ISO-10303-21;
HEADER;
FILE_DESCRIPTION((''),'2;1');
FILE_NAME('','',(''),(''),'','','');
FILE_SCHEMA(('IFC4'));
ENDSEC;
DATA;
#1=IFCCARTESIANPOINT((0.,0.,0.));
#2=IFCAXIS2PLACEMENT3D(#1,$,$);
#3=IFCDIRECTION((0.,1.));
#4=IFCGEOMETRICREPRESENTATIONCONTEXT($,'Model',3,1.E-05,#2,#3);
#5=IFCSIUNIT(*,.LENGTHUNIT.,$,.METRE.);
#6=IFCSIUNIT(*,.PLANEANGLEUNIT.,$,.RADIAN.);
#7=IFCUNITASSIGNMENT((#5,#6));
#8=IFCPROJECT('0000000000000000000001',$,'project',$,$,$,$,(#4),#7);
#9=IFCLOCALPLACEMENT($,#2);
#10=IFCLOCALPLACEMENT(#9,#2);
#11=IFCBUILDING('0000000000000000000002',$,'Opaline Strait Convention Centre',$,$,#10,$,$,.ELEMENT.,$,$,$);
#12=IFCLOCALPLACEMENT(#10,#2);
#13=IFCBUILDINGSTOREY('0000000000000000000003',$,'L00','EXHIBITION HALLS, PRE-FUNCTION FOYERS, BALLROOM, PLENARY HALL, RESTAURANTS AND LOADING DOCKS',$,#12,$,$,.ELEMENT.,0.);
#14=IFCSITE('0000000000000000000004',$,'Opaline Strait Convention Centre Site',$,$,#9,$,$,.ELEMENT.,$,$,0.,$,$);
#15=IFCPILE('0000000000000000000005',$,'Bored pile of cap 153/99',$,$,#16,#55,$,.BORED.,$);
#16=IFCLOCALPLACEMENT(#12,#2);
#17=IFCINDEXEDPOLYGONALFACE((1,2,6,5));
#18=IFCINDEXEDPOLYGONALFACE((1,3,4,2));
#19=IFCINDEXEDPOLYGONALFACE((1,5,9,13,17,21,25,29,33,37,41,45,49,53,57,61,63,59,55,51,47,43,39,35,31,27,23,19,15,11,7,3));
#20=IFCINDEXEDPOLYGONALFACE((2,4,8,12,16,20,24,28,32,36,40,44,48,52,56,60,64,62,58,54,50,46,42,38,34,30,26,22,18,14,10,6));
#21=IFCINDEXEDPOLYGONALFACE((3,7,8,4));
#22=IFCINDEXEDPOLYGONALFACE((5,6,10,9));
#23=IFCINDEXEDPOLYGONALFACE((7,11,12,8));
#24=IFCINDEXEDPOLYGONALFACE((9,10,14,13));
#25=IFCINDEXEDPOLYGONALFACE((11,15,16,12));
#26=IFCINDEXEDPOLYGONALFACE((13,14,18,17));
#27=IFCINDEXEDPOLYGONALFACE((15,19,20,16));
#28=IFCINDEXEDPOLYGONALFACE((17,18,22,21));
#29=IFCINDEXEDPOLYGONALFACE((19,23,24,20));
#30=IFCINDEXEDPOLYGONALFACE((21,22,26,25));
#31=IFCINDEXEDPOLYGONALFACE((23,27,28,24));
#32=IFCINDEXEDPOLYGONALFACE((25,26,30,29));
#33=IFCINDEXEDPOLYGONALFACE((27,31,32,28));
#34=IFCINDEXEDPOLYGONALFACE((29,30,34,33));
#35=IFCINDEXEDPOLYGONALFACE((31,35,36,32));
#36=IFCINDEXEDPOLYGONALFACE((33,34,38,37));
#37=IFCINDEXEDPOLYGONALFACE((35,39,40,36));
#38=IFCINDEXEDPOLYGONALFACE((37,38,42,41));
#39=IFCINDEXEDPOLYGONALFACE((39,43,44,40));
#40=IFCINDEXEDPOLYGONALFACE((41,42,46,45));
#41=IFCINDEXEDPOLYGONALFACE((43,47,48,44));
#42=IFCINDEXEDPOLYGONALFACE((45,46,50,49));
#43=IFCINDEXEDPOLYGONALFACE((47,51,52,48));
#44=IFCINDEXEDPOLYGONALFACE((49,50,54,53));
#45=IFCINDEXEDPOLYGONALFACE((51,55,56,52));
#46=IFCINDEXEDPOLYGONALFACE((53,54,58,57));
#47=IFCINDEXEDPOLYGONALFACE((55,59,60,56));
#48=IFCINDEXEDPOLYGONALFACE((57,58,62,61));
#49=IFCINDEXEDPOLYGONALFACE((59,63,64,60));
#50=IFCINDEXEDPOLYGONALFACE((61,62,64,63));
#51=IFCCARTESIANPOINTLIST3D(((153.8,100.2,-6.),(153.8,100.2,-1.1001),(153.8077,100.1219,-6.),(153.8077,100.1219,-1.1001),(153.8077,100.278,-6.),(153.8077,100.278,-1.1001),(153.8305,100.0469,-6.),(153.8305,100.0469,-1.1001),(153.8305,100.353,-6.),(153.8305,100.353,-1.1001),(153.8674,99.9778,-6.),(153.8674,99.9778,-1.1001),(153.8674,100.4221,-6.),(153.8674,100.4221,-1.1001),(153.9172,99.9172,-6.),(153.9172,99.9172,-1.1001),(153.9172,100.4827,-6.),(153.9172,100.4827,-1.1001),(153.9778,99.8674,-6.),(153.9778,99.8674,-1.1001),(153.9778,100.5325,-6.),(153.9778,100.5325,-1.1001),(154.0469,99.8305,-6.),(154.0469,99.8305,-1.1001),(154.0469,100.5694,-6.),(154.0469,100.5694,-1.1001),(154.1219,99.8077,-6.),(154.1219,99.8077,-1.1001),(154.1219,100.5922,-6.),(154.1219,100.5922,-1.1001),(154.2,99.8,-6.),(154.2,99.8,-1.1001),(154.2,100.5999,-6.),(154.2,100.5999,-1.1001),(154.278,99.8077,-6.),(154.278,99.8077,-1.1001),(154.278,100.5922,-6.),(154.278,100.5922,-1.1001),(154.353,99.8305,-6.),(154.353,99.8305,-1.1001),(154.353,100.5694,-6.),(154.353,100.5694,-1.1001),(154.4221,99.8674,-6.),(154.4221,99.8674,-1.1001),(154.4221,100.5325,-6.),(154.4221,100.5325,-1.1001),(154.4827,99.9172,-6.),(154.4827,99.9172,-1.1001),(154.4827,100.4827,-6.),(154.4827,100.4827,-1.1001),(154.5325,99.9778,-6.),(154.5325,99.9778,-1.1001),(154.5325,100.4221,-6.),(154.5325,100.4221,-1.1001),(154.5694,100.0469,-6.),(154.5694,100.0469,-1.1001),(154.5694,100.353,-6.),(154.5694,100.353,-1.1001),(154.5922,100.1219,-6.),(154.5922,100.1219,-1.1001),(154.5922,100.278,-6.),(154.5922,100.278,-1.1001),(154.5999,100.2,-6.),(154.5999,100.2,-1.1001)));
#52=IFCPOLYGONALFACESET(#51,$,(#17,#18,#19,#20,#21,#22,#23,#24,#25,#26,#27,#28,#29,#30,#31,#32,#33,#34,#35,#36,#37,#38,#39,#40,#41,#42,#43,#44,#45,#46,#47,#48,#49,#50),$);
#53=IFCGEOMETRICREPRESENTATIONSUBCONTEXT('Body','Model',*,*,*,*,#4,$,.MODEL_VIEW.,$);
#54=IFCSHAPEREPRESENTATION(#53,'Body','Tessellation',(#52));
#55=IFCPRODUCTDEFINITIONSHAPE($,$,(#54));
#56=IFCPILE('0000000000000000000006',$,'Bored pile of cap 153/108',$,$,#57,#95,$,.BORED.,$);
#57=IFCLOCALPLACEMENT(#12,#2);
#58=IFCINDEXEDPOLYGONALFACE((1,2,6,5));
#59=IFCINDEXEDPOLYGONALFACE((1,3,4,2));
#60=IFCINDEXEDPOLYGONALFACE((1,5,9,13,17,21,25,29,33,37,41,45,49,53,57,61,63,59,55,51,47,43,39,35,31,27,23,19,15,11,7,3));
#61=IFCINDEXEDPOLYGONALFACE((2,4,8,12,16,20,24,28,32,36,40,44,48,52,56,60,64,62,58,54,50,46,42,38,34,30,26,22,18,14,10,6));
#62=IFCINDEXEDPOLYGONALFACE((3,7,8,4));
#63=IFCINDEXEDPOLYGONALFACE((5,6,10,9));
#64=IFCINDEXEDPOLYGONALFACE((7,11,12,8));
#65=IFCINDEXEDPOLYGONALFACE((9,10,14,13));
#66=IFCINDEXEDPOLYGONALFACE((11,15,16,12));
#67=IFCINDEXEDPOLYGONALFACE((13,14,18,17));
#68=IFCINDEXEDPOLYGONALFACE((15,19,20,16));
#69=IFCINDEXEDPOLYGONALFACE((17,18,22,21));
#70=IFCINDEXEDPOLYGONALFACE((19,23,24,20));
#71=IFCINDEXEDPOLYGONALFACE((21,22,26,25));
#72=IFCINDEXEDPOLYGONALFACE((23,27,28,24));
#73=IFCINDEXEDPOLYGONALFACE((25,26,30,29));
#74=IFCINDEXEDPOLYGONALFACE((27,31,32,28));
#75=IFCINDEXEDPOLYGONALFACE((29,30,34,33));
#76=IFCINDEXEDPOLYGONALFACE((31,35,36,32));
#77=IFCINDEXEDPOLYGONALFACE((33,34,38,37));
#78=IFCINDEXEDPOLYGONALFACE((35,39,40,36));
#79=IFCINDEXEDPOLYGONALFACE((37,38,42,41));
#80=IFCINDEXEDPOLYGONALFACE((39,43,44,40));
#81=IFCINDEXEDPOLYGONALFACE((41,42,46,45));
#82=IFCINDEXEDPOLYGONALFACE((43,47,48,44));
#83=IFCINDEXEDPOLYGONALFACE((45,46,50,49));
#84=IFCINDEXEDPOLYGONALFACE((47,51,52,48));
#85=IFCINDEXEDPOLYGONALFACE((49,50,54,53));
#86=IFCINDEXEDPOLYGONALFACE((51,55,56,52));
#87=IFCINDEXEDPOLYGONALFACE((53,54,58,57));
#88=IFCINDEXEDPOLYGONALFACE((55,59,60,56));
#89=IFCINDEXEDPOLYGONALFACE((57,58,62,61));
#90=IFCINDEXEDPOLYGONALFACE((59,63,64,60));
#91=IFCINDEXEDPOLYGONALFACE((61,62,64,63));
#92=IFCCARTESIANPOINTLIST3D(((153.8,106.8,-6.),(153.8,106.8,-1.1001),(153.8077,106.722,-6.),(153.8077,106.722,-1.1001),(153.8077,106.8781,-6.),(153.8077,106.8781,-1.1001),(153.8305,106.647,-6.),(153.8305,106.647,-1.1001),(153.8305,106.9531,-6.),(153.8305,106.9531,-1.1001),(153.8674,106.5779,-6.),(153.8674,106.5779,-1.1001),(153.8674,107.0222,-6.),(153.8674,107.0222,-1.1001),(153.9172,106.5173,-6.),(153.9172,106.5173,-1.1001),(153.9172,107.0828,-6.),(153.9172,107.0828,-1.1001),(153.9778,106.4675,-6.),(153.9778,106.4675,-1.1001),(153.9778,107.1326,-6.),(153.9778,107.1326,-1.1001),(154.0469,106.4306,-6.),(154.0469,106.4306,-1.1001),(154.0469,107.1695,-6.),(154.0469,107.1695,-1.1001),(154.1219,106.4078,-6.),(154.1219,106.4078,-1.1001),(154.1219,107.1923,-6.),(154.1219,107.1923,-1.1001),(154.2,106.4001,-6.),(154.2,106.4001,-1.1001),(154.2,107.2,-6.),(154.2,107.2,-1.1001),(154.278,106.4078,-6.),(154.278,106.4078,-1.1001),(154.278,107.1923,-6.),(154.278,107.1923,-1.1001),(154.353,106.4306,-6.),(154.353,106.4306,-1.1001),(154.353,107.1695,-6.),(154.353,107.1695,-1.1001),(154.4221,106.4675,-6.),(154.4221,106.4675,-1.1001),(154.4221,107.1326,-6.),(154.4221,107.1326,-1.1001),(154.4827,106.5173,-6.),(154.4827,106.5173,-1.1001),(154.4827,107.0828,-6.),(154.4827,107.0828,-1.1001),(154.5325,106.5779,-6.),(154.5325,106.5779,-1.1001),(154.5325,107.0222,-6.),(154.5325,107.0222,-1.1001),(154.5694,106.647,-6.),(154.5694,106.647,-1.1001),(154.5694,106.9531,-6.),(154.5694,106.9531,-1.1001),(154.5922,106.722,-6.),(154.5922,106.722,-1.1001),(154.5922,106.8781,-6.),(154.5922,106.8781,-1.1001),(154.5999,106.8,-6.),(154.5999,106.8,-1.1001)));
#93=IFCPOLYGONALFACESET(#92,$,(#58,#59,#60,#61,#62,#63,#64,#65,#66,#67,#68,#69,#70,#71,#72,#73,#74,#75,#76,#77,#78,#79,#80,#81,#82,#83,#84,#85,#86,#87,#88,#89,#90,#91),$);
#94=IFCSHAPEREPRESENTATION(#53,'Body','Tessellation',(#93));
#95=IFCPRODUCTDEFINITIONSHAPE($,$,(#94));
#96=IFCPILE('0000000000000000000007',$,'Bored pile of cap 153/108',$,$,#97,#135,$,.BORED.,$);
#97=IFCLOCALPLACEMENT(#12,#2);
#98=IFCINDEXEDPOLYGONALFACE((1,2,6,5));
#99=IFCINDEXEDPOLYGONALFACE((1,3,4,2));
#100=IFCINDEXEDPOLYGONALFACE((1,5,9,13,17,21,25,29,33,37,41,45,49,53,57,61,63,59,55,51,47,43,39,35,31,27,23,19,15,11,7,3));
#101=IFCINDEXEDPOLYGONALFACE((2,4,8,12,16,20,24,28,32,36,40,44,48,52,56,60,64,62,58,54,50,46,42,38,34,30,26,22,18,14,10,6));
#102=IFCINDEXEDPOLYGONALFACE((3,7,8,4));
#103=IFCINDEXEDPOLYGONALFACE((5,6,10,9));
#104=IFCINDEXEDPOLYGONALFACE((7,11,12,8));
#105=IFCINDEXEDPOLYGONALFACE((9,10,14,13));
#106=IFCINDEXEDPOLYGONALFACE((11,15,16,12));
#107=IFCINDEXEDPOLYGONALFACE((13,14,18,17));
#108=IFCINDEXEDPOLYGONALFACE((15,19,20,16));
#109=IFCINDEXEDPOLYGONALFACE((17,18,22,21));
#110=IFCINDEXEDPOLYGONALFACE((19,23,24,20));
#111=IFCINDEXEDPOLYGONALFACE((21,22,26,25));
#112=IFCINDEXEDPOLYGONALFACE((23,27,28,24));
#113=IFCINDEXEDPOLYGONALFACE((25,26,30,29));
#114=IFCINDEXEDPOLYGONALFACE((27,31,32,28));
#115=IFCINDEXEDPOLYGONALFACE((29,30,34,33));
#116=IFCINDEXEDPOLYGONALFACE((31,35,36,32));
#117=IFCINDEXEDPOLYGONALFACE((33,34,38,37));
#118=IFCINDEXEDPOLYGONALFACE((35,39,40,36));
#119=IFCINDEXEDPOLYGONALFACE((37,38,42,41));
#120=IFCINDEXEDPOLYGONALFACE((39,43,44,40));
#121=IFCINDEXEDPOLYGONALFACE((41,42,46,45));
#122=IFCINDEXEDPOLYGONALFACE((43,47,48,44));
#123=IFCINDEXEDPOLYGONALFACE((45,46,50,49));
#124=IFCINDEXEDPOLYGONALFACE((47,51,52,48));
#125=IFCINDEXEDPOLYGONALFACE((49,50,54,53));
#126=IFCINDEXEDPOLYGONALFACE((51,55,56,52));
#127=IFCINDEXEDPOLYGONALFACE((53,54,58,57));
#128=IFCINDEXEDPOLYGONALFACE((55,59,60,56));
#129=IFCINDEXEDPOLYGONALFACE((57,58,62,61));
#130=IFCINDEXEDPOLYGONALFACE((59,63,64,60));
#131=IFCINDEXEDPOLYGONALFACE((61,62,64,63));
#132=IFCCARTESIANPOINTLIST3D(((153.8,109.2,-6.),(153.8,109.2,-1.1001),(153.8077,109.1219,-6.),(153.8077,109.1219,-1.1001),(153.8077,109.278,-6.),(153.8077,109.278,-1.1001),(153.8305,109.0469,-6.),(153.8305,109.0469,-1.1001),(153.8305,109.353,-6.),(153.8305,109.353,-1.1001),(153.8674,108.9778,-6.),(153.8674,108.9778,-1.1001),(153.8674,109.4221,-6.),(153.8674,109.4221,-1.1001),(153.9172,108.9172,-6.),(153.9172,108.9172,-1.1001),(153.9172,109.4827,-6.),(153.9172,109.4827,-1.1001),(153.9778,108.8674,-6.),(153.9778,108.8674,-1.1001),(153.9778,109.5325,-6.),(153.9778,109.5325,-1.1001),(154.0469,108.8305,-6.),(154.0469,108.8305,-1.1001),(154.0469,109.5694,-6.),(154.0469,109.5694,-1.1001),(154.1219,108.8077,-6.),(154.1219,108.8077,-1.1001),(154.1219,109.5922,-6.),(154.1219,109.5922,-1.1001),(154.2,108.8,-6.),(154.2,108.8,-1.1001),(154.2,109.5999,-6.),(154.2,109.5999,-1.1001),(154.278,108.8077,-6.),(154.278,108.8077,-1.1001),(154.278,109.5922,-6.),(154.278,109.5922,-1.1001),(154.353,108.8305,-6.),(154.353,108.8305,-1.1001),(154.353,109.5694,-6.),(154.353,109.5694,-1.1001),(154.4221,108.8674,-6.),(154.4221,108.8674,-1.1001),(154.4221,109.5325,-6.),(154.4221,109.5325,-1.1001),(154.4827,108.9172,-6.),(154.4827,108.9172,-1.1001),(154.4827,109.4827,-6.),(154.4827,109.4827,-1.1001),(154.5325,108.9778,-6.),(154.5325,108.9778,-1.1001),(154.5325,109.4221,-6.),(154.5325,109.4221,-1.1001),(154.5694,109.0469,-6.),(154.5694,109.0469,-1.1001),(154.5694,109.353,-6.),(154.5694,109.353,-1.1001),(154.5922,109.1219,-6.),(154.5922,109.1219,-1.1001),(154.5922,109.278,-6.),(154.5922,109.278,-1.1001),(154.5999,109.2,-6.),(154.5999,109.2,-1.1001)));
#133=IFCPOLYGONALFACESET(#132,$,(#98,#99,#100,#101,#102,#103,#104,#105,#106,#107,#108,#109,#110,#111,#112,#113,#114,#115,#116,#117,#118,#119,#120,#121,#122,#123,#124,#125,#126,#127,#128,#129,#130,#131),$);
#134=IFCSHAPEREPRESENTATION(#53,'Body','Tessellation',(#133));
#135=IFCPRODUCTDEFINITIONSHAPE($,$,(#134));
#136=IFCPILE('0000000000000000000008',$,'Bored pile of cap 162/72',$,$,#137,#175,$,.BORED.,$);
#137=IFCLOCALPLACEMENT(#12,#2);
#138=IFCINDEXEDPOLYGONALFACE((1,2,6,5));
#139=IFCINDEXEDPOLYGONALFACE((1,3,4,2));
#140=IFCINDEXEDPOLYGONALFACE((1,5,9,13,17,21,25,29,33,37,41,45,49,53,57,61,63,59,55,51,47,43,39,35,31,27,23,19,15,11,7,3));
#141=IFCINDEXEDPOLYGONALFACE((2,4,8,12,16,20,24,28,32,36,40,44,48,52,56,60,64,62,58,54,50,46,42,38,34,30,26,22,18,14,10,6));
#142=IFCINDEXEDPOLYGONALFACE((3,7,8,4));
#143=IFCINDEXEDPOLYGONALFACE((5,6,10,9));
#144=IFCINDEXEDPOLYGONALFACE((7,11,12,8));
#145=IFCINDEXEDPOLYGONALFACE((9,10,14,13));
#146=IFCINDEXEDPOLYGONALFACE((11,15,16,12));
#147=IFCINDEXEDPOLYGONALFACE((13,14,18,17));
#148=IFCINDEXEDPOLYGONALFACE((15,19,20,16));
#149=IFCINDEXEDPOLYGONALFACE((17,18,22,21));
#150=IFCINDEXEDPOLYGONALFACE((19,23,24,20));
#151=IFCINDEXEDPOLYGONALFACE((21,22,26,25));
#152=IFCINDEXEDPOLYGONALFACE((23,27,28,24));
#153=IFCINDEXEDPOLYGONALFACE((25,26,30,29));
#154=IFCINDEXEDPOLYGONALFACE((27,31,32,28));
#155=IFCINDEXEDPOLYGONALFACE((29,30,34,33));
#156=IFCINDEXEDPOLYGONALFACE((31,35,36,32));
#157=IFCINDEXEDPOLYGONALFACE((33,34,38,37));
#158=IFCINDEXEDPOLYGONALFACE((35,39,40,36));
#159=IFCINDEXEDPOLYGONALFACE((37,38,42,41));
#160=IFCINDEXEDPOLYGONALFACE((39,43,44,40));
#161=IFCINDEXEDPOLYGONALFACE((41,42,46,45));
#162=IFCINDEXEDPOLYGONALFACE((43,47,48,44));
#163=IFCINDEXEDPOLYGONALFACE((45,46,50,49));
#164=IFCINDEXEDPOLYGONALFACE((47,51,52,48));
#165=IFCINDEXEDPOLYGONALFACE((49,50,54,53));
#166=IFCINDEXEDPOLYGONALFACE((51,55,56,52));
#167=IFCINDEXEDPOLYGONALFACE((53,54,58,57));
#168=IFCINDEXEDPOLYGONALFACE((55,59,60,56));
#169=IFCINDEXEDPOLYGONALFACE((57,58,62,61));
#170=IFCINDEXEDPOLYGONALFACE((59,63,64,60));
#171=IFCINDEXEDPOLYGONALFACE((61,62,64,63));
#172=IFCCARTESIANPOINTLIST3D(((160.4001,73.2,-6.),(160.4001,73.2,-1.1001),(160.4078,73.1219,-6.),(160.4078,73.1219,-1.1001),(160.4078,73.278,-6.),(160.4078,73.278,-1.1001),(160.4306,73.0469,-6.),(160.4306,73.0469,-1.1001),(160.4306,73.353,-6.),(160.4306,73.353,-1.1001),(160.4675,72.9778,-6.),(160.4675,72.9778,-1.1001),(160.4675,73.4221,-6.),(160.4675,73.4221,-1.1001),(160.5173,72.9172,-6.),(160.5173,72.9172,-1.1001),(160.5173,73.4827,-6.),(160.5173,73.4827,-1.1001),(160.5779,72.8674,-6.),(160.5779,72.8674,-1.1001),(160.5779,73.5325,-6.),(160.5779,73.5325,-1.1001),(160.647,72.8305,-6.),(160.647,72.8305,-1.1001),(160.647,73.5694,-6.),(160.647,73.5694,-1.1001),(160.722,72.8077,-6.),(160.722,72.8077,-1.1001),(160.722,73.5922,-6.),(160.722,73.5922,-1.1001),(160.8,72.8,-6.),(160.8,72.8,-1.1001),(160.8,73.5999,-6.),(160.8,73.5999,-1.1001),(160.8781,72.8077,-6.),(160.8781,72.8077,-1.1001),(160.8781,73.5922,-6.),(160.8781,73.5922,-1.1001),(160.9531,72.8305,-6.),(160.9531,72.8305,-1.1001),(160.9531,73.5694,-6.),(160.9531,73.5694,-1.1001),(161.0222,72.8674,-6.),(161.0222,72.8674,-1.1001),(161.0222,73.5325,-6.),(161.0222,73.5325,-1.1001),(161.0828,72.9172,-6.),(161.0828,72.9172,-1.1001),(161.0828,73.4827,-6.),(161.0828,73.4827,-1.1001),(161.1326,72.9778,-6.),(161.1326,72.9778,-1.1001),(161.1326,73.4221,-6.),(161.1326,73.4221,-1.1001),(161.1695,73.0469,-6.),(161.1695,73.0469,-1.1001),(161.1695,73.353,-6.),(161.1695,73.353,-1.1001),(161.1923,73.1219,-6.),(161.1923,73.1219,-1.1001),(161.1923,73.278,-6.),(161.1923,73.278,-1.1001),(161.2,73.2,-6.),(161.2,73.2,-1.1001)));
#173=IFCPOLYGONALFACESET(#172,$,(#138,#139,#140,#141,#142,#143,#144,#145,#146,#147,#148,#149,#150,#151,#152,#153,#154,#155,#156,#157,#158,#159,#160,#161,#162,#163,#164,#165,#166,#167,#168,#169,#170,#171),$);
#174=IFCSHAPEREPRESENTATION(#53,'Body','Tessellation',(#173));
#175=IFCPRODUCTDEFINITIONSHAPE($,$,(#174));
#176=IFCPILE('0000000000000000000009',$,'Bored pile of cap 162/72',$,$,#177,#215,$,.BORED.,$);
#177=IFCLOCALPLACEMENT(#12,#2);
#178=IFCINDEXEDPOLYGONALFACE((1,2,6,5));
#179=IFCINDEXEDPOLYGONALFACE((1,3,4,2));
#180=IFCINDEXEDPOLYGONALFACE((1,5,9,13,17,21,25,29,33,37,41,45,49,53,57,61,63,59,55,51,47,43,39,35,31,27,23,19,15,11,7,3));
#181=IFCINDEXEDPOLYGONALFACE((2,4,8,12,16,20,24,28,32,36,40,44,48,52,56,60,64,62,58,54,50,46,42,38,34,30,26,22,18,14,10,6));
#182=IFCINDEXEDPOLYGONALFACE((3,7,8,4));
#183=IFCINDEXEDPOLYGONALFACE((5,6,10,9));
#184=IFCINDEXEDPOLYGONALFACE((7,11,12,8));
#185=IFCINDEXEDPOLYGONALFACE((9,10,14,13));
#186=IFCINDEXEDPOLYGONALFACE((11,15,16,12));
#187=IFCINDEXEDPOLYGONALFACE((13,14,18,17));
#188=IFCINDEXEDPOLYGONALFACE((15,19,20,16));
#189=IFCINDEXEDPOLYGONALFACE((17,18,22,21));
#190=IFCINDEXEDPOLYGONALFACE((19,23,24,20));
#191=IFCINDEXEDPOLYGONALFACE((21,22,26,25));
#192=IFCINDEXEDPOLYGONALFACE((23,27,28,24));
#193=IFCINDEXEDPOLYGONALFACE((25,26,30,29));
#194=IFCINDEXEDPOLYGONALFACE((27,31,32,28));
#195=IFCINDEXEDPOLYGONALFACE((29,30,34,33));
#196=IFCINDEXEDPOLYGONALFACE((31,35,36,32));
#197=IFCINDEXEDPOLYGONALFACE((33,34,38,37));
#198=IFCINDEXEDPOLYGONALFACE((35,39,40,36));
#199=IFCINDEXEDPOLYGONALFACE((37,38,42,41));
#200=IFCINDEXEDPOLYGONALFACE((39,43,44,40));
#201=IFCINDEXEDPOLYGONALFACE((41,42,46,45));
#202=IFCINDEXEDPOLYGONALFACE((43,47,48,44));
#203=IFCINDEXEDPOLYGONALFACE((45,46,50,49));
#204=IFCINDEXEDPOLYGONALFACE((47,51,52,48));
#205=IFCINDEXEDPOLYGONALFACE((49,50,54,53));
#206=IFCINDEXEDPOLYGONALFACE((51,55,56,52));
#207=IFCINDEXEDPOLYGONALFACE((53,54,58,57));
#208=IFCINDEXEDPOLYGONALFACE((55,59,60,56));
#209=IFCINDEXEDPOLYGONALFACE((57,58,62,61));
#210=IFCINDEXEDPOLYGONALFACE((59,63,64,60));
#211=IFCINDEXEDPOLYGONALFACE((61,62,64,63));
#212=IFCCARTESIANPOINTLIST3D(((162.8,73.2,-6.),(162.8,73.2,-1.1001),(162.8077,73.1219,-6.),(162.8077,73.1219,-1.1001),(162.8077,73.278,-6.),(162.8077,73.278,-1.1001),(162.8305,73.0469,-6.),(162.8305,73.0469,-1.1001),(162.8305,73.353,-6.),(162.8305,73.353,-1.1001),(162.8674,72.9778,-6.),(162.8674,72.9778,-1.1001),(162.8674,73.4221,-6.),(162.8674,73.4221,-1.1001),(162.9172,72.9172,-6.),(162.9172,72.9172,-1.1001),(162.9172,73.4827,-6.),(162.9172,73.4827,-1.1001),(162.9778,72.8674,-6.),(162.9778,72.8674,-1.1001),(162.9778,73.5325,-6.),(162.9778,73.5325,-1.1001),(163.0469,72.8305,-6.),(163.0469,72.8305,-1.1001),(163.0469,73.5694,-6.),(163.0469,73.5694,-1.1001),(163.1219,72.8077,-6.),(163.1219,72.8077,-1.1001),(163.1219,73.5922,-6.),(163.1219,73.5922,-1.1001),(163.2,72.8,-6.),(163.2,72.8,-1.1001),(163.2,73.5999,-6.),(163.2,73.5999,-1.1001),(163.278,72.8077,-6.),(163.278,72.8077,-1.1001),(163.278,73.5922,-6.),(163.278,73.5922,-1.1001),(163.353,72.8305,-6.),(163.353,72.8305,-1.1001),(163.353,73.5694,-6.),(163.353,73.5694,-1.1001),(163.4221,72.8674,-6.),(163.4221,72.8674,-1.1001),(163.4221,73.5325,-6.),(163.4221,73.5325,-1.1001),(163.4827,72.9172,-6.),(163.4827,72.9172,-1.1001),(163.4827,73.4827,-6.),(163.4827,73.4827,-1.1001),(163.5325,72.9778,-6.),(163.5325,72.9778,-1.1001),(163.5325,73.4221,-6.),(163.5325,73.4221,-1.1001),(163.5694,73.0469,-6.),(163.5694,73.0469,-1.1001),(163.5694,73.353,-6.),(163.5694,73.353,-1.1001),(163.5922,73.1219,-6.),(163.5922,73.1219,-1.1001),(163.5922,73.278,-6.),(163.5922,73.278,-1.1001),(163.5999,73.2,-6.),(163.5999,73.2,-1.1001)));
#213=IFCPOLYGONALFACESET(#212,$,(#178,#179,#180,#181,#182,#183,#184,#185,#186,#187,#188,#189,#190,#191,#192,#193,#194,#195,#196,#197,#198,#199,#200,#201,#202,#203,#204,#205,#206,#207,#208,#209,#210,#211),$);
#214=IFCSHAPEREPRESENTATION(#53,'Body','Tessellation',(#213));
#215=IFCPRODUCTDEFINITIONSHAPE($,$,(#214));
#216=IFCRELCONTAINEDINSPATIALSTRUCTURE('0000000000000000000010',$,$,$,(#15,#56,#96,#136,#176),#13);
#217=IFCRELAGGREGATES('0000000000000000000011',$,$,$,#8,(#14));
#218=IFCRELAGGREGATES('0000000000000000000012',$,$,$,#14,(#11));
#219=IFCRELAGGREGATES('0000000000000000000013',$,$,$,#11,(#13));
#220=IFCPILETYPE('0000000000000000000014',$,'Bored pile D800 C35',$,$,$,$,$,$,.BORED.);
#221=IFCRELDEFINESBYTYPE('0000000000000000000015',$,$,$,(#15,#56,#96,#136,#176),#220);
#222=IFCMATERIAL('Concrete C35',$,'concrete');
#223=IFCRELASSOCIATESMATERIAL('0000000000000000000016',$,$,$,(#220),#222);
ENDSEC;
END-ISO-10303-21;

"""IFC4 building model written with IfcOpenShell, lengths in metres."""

from ifc_helpers import new_model, si_unit, direction, frame, origin, origin_2d, place, context, subcontext, project, spatial, circle, extrude, material, material_profile, profile_set, type_object, element, save


model = new_model("IFC4")

# Units and contexts
model_context = context("Model", 3, precision=1e-05, world=origin(), true_north=direction((0.0, 1.0)))
body_context = subcontext(model_context, "Body", "Model", "MODEL_VIEW")
ifc_project = project(units=[si_unit("LENGTHUNIT", "METRE"), si_unit("PLANEANGLEUNIT", "RADIAN")], contexts=[model_context])

# Site, building, storey
site_placement = place(None, origin())
site = spatial("IfcSite", under=ifc_project, at=site_placement, Name="Opaline Strait Convention Centre Site", CompositionType="ELEMENT", RefElevation=0.0)
building_placement = place(site_placement, origin())
building = spatial("IfcBuilding", under=site, at=building_placement, Name="Opaline Strait Convention Centre", CompositionType="ELEMENT")
storey_placement = place(building_placement, origin())
storey = spatial("IfcBuildingStorey", under=building, at=storey_placement, Name="L00", Description="EXHIBITION HALLS, PRE-FUNCTION FOYERS, BALLROOM, PLENARY HALL, RESTAURANTS AND LOADING DOCKS", CompositionType="ELEMENT", Elevation=0.0)

# Piles
ifc_material_1 = material(Name="Concrete C35", Category="concrete")
ifc_material_profile_1 = material_profile(ifc_material_1, circle(Radius=0.3999, at=origin_2d()), Name="D800")
ifc_profile_set_1 = profile_set([ifc_material_profile_1], Name="Concrete C35")
pile_type = type_object("IfcPileType", Name="Bored pile D800 C35", PredefinedType="BORED", material=ifc_profile_set_1)
for number, where, z_axis, x_axis, name in (
    (1, (154.2, 100.2, -1.1001), (0.0, 0.0, -1.0), (1.0, 0.0, 0.0), "Bored pile of cap 153/99"),
    (2, (154.2, 106.8, -1.1001), (0.0, 0.0, -1.0), (1.0, 0.0, 0.0), "Bored pile of cap 153/108"),
    (3, (154.2, 109.2, -1.1001), (0.0, 0.0, -1.0), (1.0, 0.0, 0.0), "Bored pile of cap 153/108"),
    (4, (160.8, 73.2, -1.1001), (0.0, 0.0, -1.0), (1.0, 0.0, 0.0), "Bored pile of cap 162/72"),
    (5, (163.2, 73.2, -1.1001), (0.0, 0.0, -1.0), (1.0, 0.0, 0.0), "Bored pile of cap 162/72"),
):
    element("IfcPile", number, at=place(storey_placement, frame(where, z_axis=z_axis, x_axis=x_axis)), inside=storey, type_object=pile_type, Name=name, PredefinedType="BORED", context=body_context, shape_type="SweptSolid", body=[
        extrude(circle(Radius=0.3999, at=origin_2d()), origin(), (0.0, 0.0, 1.0), 4.8999),
    ])

save(model, "model.ifc")
